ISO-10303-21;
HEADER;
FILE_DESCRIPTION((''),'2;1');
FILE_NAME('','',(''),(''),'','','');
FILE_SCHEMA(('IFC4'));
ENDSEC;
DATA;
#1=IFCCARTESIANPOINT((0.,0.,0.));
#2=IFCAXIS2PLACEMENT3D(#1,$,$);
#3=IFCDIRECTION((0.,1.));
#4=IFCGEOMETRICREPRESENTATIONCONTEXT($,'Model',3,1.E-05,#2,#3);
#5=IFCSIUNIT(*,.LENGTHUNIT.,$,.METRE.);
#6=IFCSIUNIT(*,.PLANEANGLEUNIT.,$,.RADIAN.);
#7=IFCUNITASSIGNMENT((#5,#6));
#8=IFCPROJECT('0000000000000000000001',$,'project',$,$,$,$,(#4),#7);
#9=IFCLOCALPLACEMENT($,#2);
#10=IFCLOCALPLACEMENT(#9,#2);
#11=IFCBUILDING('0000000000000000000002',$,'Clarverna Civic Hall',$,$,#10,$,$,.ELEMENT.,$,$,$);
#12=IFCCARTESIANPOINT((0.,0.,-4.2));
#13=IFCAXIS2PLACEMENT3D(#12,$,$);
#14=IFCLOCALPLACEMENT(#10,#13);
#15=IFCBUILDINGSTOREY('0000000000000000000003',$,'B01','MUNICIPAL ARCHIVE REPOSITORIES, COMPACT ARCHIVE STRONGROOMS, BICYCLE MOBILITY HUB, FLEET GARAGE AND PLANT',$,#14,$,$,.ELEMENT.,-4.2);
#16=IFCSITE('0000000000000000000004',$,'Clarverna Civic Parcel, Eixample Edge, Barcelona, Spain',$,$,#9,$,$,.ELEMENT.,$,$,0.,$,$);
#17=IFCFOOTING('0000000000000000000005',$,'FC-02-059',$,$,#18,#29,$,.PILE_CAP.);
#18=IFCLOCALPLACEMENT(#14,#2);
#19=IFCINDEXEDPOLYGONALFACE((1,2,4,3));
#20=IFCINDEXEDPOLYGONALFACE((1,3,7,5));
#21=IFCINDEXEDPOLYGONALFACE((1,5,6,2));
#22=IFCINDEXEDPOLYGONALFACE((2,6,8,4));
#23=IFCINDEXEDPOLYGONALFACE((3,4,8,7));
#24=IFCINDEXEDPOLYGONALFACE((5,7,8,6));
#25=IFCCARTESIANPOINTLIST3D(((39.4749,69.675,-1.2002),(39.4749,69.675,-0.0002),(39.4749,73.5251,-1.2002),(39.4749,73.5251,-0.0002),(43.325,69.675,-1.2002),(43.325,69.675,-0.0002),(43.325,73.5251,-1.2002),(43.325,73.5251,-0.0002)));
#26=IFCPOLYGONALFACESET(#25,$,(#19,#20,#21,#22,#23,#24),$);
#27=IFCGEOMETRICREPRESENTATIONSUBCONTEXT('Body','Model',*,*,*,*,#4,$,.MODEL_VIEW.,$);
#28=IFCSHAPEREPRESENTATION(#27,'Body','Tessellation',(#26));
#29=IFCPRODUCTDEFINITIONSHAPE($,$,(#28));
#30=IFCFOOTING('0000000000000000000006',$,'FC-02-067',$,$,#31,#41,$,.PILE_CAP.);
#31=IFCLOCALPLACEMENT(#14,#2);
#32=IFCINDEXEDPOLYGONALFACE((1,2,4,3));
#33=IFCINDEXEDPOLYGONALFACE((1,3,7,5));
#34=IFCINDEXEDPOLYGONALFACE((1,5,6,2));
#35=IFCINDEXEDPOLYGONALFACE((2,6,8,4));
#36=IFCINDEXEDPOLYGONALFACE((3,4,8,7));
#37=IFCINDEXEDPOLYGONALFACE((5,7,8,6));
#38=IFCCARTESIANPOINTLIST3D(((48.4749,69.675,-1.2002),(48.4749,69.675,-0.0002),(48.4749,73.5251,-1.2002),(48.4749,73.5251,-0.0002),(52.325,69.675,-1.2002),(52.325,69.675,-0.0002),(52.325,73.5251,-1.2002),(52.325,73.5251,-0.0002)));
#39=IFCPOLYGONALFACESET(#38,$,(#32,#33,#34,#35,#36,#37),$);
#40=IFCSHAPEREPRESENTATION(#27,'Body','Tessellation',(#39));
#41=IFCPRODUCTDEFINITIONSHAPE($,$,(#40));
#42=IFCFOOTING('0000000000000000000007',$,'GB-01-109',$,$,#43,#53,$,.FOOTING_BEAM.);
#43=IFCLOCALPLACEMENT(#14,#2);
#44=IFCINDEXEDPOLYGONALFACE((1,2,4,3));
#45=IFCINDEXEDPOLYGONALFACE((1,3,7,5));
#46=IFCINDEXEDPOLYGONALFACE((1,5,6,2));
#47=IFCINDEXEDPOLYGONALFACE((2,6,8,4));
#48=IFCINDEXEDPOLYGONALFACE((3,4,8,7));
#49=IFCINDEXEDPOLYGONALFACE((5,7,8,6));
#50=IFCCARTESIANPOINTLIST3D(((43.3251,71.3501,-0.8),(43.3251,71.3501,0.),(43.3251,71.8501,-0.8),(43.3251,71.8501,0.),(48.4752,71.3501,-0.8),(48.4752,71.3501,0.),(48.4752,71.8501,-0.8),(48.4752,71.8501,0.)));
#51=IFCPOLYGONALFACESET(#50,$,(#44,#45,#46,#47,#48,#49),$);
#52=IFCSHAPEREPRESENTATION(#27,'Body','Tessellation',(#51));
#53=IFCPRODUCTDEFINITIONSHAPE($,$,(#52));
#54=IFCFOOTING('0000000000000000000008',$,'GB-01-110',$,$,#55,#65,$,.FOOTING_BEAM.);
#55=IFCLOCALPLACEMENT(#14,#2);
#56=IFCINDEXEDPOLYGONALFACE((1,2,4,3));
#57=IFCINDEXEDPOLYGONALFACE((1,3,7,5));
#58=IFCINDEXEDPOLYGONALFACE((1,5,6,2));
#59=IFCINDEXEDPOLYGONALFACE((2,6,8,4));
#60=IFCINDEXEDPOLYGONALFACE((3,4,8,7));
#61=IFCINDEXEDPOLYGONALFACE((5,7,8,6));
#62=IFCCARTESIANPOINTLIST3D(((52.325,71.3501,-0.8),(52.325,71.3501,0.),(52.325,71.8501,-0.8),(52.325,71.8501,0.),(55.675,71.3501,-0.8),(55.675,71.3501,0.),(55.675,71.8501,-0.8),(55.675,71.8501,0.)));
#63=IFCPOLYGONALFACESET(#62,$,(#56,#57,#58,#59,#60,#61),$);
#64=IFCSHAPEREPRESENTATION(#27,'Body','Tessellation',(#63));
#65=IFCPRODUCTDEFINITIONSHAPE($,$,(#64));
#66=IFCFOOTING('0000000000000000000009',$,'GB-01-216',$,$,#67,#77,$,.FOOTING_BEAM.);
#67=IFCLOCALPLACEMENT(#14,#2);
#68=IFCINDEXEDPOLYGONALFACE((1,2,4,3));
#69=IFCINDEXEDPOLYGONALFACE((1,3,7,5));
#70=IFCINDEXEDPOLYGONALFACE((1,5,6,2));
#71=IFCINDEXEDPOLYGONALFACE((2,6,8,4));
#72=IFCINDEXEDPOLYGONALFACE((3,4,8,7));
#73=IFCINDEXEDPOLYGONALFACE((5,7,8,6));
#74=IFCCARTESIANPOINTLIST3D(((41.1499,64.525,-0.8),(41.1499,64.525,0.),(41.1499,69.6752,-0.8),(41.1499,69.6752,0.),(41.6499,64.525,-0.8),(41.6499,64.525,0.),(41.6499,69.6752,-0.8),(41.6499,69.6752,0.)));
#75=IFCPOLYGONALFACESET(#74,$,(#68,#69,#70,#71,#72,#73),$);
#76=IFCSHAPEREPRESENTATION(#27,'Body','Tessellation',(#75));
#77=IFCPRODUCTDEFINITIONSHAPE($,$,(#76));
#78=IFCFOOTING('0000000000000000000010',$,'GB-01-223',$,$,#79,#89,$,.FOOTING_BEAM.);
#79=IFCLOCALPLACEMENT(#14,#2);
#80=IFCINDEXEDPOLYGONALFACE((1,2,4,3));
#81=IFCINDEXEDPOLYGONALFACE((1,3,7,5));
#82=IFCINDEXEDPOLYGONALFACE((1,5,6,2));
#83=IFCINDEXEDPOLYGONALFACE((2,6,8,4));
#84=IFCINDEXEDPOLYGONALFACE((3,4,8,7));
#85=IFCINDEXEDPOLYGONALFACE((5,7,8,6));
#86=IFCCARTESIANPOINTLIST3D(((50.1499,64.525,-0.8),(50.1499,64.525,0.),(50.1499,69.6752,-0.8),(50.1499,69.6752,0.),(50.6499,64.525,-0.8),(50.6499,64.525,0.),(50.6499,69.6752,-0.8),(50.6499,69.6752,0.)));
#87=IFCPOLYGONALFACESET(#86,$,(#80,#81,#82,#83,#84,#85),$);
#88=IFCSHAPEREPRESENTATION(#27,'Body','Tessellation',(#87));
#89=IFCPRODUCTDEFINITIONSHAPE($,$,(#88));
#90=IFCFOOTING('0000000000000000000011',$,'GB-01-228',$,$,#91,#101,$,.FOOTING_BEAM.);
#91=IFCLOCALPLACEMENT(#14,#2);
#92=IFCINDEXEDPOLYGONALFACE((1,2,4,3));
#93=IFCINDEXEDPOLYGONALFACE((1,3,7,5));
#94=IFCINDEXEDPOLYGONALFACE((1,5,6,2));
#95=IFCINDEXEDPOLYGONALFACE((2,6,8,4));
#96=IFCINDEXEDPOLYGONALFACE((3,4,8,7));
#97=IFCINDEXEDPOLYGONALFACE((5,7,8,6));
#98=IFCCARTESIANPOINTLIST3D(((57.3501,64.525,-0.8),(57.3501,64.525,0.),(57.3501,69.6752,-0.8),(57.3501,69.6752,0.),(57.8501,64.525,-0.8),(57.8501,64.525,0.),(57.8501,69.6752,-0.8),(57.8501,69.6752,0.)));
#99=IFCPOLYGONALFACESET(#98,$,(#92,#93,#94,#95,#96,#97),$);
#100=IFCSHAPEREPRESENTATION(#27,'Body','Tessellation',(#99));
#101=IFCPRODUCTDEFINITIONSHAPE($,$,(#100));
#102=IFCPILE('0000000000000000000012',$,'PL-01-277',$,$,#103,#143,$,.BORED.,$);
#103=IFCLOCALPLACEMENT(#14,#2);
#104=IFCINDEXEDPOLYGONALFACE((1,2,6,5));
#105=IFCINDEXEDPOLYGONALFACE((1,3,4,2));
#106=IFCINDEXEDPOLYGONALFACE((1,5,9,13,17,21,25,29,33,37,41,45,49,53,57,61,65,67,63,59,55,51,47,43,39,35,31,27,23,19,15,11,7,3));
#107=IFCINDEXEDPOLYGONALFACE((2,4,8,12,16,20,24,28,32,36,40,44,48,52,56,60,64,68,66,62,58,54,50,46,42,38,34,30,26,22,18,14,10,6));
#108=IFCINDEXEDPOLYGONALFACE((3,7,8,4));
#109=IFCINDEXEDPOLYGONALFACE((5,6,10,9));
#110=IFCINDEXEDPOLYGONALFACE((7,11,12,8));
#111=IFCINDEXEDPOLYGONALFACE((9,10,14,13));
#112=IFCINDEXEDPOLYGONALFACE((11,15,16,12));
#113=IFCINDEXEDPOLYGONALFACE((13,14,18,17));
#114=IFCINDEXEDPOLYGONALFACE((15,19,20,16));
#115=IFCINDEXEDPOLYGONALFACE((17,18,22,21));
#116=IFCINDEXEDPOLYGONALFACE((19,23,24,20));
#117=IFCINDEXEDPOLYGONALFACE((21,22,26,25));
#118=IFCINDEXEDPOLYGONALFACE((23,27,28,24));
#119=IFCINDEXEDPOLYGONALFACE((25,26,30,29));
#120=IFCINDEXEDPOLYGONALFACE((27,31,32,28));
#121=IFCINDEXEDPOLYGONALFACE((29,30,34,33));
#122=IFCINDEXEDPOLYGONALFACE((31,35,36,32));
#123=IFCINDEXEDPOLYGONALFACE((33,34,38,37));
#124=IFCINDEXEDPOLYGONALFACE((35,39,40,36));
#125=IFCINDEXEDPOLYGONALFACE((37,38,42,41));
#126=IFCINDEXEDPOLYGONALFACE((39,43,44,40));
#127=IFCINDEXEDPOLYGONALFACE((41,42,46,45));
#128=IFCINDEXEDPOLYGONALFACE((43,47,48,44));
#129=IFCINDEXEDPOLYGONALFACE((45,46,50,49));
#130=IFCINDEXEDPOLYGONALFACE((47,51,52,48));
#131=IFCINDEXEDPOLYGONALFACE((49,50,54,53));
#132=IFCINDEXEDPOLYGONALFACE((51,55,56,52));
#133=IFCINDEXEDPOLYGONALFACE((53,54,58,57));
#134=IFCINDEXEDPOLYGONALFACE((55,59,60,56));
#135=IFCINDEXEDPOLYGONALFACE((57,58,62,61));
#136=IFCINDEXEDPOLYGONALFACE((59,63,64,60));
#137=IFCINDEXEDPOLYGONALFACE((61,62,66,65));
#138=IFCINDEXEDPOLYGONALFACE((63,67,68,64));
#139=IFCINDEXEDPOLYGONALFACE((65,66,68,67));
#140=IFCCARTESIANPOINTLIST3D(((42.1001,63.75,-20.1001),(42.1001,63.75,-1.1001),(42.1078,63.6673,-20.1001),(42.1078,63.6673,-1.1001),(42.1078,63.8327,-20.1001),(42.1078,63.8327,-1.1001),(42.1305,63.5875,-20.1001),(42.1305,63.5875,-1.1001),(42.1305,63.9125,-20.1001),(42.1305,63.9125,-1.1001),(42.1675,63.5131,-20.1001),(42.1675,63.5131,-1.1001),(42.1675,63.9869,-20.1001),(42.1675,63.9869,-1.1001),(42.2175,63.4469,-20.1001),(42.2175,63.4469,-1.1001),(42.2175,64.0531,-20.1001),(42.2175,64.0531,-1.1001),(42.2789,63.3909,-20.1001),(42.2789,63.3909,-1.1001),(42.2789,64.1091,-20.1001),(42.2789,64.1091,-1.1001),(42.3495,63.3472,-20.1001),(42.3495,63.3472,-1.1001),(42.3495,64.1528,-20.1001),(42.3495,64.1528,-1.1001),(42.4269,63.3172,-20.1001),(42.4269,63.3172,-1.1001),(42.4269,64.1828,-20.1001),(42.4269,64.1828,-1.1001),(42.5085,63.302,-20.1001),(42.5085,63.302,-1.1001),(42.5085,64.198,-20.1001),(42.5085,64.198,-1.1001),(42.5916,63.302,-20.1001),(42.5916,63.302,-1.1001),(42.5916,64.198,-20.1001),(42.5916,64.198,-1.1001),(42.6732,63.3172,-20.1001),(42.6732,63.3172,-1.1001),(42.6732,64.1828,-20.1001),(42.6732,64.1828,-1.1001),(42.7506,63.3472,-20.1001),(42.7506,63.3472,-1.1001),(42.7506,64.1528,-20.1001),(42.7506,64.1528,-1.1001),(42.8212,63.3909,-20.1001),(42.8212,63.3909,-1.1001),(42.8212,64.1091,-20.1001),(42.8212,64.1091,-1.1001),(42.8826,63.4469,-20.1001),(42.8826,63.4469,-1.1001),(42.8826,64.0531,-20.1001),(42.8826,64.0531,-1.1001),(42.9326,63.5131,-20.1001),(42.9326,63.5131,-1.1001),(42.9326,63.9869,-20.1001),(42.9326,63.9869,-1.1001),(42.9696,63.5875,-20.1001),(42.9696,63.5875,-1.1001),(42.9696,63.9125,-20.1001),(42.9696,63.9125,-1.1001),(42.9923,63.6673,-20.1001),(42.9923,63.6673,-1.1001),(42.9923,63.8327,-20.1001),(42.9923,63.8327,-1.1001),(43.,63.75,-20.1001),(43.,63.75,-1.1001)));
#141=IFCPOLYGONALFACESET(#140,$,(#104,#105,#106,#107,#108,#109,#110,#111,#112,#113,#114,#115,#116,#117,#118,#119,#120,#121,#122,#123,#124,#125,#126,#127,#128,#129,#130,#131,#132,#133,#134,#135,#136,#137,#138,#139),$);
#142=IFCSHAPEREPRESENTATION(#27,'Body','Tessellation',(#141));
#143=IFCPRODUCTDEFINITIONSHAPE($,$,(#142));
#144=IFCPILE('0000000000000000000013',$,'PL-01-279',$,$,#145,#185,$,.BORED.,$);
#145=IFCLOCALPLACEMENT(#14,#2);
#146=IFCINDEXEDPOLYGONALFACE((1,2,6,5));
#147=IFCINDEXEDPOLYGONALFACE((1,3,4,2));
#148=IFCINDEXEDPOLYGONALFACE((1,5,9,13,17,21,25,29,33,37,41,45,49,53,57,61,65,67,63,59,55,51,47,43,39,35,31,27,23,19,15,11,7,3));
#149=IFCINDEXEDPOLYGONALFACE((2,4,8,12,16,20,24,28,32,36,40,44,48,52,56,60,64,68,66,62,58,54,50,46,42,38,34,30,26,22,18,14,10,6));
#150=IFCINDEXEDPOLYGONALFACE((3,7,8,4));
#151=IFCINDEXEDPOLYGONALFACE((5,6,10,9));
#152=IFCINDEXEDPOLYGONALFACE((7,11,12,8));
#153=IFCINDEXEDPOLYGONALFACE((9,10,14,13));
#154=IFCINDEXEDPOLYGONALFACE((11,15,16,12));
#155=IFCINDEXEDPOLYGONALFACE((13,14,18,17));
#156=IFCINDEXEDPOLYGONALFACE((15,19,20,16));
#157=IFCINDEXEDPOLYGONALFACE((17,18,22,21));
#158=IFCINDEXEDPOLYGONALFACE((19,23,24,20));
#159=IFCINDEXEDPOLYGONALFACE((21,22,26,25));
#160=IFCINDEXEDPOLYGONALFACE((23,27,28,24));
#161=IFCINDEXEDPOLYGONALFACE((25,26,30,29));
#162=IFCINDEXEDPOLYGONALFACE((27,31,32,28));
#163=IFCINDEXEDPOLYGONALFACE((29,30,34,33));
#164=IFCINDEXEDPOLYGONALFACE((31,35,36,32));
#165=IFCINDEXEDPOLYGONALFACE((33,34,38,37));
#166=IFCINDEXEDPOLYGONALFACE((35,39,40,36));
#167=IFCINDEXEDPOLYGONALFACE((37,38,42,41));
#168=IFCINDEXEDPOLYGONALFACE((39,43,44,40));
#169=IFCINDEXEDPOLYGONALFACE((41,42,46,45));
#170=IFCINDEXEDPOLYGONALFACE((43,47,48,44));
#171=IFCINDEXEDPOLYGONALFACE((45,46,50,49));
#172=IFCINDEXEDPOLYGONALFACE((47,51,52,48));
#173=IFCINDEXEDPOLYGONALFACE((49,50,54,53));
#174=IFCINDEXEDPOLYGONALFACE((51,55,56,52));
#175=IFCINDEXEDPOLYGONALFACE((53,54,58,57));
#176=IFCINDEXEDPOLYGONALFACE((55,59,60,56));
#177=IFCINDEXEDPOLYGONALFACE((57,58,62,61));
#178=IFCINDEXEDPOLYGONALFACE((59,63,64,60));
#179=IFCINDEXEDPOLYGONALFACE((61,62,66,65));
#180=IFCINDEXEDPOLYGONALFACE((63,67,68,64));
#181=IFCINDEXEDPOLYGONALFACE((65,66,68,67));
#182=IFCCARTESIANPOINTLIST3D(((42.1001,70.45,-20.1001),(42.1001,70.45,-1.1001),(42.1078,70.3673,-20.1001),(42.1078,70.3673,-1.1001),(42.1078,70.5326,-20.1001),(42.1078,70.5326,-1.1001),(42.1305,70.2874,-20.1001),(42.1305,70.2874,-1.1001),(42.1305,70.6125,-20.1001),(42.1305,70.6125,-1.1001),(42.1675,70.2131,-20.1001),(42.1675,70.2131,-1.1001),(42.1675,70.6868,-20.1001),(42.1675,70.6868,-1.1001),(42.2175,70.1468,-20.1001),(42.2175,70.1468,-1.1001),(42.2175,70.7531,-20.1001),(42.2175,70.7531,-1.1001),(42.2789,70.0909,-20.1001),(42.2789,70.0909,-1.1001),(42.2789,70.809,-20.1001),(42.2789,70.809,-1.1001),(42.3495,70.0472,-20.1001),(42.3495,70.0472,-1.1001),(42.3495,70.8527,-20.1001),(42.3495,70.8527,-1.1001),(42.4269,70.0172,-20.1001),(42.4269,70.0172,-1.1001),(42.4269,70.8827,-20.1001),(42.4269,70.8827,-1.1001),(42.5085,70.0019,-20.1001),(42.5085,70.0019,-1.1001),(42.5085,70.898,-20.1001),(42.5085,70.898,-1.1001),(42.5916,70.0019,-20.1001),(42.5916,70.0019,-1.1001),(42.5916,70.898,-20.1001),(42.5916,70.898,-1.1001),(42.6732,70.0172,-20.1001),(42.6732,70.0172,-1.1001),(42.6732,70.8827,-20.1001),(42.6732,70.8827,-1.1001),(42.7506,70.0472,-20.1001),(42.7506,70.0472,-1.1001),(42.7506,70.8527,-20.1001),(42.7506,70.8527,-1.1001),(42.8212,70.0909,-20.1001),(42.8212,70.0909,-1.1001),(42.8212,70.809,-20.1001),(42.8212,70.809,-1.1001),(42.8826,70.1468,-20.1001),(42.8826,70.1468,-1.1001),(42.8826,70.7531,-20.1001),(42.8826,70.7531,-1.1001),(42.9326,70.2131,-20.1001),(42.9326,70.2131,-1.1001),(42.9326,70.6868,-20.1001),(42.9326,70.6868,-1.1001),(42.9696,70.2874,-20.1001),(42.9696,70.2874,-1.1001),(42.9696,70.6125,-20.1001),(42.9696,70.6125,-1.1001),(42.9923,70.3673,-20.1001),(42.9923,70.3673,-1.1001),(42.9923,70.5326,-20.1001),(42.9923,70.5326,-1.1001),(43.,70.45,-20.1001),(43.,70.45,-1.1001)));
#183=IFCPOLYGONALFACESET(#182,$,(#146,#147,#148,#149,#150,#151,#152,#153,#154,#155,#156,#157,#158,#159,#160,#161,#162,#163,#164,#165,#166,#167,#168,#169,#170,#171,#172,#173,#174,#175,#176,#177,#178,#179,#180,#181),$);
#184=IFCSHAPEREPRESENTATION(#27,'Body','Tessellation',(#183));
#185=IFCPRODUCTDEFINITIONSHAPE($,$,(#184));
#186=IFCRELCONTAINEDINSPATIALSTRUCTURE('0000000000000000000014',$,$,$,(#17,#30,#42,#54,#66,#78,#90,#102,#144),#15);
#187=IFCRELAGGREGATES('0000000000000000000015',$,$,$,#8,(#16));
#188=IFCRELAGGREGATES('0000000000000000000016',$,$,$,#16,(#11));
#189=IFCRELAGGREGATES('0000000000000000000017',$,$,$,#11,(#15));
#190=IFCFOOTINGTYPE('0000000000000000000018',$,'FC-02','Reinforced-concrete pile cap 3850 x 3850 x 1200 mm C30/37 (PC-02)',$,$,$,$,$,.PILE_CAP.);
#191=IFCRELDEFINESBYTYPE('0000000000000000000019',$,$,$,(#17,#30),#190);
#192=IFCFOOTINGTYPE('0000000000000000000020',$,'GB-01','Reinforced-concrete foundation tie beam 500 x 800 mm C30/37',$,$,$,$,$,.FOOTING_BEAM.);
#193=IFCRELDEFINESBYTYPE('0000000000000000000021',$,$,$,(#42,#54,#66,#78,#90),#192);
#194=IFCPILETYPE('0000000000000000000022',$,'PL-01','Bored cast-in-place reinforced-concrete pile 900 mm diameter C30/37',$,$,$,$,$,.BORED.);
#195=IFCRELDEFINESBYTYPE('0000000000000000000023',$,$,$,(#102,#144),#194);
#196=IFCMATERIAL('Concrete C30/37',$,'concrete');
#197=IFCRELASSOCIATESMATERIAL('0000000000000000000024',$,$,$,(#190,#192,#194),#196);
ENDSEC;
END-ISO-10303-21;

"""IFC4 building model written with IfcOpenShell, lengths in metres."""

from ifc_helpers import new_model, si_unit, direction, frame, frame_2d, origin, origin_2d, place, context, subcontext, project, spatial, rectangle, circle, extrude, material, material_profile, profile_set, type_object, element, save


model = new_model("IFC4")

# Units and contexts
model_context = context("Model", 3, precision=1e-05, world=origin(), true_north=direction((0.0, 1.0)))
body_context = subcontext(model_context, "Body", "Model", "MODEL_VIEW")
ifc_project = project(units=[si_unit("LENGTHUNIT", "METRE"), si_unit("PLANEANGLEUNIT", "RADIAN")], contexts=[model_context])

# Site, building, storey
site_placement = place(None, origin())
site = spatial("IfcSite", under=ifc_project, at=site_placement, Name="Clarverna Civic Parcel, Eixample Edge, Barcelona, Spain", CompositionType="ELEMENT", RefElevation=0.0)
building_placement = place(site_placement, origin())
building = spatial("IfcBuilding", under=site, at=building_placement, Name="Clarverna Civic Hall", CompositionType="ELEMENT")
storey_placement = place(building_placement, frame((0.0, 0.0, -4.2)))
storey = spatial("IfcBuildingStorey", under=building, at=storey_placement, Name="B01", Description="MUNICIPAL ARCHIVE REPOSITORIES, COMPACT ARCHIVE STRONGROOMS, BICYCLE MOBILITY HUB, FLEET GARAGE AND PLANT", CompositionType="ELEMENT", Elevation=-4.2)

# Footings
ifc_material_1 = material(Name="Concrete C30/37", Category="concrete")
footing_type_1 = type_object("IfcFootingType", Name="FC-02", Description="Reinforced-concrete pile cap 3850 x 3850 x 1200 mm C30/37 (PC-02)", PredefinedType="PILE_CAP", material=ifc_material_1)
for number, where, z_axis, x_axis, name in (
    (1, (41.3999, 71.6001, -1.2002), (0.0, 0.0, 1.0), (1.0, 0.0, 0.0), "FC-02-059"),
    (2, (50.3999, 71.6001, -1.2002), (0.0, 0.0, 1.0), (1.0, 0.0, 0.0), "FC-02-067"),
):
    element("IfcFooting", number, at=place(storey_placement, frame(where, z_axis=z_axis, x_axis=x_axis)), inside=storey, type_object=footing_type_1, Name=name, PredefinedType="PILE_CAP", context=body_context, shape_type="SweptSolid", body=[
        extrude(rectangle(XDim=3.8501, YDim=3.8501, at=origin_2d()), origin(), (0.0, 0.0, 1.0), 1.2),
    ])
footing_type_2 = type_object("IfcFootingType", Name="GB-01", Description="Reinforced-concrete foundation tie beam 500 x 800 mm C30/37", PredefinedType="FOOTING_BEAM", material=ifc_material_1)
footing_1_placement = place(storey_placement, frame((43.325, 71.6001, -0.8), z_axis=(0.0, 0.0, 1.0), x_axis=(1.0, 0.0, 0.0)))
element("IfcFooting", 3, at=footing_1_placement, inside=storey, type_object=footing_type_2, Name="GB-01-109", PredefinedType="FOOTING_BEAM", context=body_context, shape_type="SweptSolid", body=[
    extrude(rectangle(XDim=5.1501, YDim=0.5, at=frame_2d((2.5752, 0.0))), origin(), (0.0, 0.0, 1.0), 0.8),
])
footing_2_placement = place(storey_placement, frame((52.325, 71.6001, -0.8), z_axis=(0.0, 0.0, 1.0), x_axis=(1.0, 0.0, 0.0)))
element("IfcFooting", 4, at=footing_2_placement, inside=storey, type_object=footing_type_2, Name="GB-01-110", PredefinedType="FOOTING_BEAM", context=body_context, shape_type="SweptSolid", body=[
    extrude(rectangle(XDim=3.3501, YDim=0.5, at=frame_2d((1.675, 0.0))), origin(), (0.0, 0.0, 1.0), 0.8),
])
for number, where, z_axis, x_axis, name in (
    (5, (41.3999, 64.5249, -0.8), (0.0, 0.0, 1.0), (0.0, 1.0, 0.0), "GB-01-216"),
    (6, (50.3999, 64.5249, -0.8), (0.0, 0.0, 1.0), (0.0, 1.0, 0.0), "GB-01-223"),
    (7, (57.6001, 64.5249, -0.8), (0.0, 0.0, 1.0), (0.0, 1.0, 0.0), "GB-01-228"),
):
    element("IfcFooting", number, at=place(storey_placement, frame(where, z_axis=z_axis, x_axis=x_axis)), inside=storey, type_object=footing_type_2, Name=name, PredefinedType="FOOTING_BEAM", context=body_context, shape_type="SweptSolid", body=[
        extrude(rectangle(XDim=5.1501, YDim=0.5, at=frame_2d((2.5752, 0.0))), origin(), (0.0, 0.0, 1.0), 0.8),
    ])

# Piles
ifc_material_profile_1 = material_profile(ifc_material_1, circle(Radius=0.45, at=origin_2d()), Name="BORED PILE D900")
ifc_profile_set_1 = profile_set([ifc_material_profile_1], Name="Concrete C30/37")
pile_type = type_object("IfcPileType", Name="PL-01", Description="Bored cast-in-place reinforced-concrete pile 900 mm diameter C30/37", PredefinedType="BORED", material=ifc_profile_set_1)
for number, where, z_axis, x_axis, name in (
    (8, (42.55, 63.75, -1.1001), (0.0, 0.0, -1.0), (1.0, 0.0, 0.0), "PL-01-277"),
    (9, (42.55, 70.45, -1.1001), (0.0, 0.0, -1.0), (1.0, 0.0, 0.0), "PL-01-279"),
):
    element("IfcPile", number, at=place(storey_placement, frame(where, z_axis=z_axis, x_axis=x_axis)), inside=storey, type_object=pile_type, Name=name, PredefinedType="BORED", context=body_context, shape_type="SweptSolid", body=[
        extrude(circle(Radius=0.45, at=origin_2d()), origin(), (0.0, 0.0, 1.0), 19.0),
    ])

save(model, "model.ifc")
